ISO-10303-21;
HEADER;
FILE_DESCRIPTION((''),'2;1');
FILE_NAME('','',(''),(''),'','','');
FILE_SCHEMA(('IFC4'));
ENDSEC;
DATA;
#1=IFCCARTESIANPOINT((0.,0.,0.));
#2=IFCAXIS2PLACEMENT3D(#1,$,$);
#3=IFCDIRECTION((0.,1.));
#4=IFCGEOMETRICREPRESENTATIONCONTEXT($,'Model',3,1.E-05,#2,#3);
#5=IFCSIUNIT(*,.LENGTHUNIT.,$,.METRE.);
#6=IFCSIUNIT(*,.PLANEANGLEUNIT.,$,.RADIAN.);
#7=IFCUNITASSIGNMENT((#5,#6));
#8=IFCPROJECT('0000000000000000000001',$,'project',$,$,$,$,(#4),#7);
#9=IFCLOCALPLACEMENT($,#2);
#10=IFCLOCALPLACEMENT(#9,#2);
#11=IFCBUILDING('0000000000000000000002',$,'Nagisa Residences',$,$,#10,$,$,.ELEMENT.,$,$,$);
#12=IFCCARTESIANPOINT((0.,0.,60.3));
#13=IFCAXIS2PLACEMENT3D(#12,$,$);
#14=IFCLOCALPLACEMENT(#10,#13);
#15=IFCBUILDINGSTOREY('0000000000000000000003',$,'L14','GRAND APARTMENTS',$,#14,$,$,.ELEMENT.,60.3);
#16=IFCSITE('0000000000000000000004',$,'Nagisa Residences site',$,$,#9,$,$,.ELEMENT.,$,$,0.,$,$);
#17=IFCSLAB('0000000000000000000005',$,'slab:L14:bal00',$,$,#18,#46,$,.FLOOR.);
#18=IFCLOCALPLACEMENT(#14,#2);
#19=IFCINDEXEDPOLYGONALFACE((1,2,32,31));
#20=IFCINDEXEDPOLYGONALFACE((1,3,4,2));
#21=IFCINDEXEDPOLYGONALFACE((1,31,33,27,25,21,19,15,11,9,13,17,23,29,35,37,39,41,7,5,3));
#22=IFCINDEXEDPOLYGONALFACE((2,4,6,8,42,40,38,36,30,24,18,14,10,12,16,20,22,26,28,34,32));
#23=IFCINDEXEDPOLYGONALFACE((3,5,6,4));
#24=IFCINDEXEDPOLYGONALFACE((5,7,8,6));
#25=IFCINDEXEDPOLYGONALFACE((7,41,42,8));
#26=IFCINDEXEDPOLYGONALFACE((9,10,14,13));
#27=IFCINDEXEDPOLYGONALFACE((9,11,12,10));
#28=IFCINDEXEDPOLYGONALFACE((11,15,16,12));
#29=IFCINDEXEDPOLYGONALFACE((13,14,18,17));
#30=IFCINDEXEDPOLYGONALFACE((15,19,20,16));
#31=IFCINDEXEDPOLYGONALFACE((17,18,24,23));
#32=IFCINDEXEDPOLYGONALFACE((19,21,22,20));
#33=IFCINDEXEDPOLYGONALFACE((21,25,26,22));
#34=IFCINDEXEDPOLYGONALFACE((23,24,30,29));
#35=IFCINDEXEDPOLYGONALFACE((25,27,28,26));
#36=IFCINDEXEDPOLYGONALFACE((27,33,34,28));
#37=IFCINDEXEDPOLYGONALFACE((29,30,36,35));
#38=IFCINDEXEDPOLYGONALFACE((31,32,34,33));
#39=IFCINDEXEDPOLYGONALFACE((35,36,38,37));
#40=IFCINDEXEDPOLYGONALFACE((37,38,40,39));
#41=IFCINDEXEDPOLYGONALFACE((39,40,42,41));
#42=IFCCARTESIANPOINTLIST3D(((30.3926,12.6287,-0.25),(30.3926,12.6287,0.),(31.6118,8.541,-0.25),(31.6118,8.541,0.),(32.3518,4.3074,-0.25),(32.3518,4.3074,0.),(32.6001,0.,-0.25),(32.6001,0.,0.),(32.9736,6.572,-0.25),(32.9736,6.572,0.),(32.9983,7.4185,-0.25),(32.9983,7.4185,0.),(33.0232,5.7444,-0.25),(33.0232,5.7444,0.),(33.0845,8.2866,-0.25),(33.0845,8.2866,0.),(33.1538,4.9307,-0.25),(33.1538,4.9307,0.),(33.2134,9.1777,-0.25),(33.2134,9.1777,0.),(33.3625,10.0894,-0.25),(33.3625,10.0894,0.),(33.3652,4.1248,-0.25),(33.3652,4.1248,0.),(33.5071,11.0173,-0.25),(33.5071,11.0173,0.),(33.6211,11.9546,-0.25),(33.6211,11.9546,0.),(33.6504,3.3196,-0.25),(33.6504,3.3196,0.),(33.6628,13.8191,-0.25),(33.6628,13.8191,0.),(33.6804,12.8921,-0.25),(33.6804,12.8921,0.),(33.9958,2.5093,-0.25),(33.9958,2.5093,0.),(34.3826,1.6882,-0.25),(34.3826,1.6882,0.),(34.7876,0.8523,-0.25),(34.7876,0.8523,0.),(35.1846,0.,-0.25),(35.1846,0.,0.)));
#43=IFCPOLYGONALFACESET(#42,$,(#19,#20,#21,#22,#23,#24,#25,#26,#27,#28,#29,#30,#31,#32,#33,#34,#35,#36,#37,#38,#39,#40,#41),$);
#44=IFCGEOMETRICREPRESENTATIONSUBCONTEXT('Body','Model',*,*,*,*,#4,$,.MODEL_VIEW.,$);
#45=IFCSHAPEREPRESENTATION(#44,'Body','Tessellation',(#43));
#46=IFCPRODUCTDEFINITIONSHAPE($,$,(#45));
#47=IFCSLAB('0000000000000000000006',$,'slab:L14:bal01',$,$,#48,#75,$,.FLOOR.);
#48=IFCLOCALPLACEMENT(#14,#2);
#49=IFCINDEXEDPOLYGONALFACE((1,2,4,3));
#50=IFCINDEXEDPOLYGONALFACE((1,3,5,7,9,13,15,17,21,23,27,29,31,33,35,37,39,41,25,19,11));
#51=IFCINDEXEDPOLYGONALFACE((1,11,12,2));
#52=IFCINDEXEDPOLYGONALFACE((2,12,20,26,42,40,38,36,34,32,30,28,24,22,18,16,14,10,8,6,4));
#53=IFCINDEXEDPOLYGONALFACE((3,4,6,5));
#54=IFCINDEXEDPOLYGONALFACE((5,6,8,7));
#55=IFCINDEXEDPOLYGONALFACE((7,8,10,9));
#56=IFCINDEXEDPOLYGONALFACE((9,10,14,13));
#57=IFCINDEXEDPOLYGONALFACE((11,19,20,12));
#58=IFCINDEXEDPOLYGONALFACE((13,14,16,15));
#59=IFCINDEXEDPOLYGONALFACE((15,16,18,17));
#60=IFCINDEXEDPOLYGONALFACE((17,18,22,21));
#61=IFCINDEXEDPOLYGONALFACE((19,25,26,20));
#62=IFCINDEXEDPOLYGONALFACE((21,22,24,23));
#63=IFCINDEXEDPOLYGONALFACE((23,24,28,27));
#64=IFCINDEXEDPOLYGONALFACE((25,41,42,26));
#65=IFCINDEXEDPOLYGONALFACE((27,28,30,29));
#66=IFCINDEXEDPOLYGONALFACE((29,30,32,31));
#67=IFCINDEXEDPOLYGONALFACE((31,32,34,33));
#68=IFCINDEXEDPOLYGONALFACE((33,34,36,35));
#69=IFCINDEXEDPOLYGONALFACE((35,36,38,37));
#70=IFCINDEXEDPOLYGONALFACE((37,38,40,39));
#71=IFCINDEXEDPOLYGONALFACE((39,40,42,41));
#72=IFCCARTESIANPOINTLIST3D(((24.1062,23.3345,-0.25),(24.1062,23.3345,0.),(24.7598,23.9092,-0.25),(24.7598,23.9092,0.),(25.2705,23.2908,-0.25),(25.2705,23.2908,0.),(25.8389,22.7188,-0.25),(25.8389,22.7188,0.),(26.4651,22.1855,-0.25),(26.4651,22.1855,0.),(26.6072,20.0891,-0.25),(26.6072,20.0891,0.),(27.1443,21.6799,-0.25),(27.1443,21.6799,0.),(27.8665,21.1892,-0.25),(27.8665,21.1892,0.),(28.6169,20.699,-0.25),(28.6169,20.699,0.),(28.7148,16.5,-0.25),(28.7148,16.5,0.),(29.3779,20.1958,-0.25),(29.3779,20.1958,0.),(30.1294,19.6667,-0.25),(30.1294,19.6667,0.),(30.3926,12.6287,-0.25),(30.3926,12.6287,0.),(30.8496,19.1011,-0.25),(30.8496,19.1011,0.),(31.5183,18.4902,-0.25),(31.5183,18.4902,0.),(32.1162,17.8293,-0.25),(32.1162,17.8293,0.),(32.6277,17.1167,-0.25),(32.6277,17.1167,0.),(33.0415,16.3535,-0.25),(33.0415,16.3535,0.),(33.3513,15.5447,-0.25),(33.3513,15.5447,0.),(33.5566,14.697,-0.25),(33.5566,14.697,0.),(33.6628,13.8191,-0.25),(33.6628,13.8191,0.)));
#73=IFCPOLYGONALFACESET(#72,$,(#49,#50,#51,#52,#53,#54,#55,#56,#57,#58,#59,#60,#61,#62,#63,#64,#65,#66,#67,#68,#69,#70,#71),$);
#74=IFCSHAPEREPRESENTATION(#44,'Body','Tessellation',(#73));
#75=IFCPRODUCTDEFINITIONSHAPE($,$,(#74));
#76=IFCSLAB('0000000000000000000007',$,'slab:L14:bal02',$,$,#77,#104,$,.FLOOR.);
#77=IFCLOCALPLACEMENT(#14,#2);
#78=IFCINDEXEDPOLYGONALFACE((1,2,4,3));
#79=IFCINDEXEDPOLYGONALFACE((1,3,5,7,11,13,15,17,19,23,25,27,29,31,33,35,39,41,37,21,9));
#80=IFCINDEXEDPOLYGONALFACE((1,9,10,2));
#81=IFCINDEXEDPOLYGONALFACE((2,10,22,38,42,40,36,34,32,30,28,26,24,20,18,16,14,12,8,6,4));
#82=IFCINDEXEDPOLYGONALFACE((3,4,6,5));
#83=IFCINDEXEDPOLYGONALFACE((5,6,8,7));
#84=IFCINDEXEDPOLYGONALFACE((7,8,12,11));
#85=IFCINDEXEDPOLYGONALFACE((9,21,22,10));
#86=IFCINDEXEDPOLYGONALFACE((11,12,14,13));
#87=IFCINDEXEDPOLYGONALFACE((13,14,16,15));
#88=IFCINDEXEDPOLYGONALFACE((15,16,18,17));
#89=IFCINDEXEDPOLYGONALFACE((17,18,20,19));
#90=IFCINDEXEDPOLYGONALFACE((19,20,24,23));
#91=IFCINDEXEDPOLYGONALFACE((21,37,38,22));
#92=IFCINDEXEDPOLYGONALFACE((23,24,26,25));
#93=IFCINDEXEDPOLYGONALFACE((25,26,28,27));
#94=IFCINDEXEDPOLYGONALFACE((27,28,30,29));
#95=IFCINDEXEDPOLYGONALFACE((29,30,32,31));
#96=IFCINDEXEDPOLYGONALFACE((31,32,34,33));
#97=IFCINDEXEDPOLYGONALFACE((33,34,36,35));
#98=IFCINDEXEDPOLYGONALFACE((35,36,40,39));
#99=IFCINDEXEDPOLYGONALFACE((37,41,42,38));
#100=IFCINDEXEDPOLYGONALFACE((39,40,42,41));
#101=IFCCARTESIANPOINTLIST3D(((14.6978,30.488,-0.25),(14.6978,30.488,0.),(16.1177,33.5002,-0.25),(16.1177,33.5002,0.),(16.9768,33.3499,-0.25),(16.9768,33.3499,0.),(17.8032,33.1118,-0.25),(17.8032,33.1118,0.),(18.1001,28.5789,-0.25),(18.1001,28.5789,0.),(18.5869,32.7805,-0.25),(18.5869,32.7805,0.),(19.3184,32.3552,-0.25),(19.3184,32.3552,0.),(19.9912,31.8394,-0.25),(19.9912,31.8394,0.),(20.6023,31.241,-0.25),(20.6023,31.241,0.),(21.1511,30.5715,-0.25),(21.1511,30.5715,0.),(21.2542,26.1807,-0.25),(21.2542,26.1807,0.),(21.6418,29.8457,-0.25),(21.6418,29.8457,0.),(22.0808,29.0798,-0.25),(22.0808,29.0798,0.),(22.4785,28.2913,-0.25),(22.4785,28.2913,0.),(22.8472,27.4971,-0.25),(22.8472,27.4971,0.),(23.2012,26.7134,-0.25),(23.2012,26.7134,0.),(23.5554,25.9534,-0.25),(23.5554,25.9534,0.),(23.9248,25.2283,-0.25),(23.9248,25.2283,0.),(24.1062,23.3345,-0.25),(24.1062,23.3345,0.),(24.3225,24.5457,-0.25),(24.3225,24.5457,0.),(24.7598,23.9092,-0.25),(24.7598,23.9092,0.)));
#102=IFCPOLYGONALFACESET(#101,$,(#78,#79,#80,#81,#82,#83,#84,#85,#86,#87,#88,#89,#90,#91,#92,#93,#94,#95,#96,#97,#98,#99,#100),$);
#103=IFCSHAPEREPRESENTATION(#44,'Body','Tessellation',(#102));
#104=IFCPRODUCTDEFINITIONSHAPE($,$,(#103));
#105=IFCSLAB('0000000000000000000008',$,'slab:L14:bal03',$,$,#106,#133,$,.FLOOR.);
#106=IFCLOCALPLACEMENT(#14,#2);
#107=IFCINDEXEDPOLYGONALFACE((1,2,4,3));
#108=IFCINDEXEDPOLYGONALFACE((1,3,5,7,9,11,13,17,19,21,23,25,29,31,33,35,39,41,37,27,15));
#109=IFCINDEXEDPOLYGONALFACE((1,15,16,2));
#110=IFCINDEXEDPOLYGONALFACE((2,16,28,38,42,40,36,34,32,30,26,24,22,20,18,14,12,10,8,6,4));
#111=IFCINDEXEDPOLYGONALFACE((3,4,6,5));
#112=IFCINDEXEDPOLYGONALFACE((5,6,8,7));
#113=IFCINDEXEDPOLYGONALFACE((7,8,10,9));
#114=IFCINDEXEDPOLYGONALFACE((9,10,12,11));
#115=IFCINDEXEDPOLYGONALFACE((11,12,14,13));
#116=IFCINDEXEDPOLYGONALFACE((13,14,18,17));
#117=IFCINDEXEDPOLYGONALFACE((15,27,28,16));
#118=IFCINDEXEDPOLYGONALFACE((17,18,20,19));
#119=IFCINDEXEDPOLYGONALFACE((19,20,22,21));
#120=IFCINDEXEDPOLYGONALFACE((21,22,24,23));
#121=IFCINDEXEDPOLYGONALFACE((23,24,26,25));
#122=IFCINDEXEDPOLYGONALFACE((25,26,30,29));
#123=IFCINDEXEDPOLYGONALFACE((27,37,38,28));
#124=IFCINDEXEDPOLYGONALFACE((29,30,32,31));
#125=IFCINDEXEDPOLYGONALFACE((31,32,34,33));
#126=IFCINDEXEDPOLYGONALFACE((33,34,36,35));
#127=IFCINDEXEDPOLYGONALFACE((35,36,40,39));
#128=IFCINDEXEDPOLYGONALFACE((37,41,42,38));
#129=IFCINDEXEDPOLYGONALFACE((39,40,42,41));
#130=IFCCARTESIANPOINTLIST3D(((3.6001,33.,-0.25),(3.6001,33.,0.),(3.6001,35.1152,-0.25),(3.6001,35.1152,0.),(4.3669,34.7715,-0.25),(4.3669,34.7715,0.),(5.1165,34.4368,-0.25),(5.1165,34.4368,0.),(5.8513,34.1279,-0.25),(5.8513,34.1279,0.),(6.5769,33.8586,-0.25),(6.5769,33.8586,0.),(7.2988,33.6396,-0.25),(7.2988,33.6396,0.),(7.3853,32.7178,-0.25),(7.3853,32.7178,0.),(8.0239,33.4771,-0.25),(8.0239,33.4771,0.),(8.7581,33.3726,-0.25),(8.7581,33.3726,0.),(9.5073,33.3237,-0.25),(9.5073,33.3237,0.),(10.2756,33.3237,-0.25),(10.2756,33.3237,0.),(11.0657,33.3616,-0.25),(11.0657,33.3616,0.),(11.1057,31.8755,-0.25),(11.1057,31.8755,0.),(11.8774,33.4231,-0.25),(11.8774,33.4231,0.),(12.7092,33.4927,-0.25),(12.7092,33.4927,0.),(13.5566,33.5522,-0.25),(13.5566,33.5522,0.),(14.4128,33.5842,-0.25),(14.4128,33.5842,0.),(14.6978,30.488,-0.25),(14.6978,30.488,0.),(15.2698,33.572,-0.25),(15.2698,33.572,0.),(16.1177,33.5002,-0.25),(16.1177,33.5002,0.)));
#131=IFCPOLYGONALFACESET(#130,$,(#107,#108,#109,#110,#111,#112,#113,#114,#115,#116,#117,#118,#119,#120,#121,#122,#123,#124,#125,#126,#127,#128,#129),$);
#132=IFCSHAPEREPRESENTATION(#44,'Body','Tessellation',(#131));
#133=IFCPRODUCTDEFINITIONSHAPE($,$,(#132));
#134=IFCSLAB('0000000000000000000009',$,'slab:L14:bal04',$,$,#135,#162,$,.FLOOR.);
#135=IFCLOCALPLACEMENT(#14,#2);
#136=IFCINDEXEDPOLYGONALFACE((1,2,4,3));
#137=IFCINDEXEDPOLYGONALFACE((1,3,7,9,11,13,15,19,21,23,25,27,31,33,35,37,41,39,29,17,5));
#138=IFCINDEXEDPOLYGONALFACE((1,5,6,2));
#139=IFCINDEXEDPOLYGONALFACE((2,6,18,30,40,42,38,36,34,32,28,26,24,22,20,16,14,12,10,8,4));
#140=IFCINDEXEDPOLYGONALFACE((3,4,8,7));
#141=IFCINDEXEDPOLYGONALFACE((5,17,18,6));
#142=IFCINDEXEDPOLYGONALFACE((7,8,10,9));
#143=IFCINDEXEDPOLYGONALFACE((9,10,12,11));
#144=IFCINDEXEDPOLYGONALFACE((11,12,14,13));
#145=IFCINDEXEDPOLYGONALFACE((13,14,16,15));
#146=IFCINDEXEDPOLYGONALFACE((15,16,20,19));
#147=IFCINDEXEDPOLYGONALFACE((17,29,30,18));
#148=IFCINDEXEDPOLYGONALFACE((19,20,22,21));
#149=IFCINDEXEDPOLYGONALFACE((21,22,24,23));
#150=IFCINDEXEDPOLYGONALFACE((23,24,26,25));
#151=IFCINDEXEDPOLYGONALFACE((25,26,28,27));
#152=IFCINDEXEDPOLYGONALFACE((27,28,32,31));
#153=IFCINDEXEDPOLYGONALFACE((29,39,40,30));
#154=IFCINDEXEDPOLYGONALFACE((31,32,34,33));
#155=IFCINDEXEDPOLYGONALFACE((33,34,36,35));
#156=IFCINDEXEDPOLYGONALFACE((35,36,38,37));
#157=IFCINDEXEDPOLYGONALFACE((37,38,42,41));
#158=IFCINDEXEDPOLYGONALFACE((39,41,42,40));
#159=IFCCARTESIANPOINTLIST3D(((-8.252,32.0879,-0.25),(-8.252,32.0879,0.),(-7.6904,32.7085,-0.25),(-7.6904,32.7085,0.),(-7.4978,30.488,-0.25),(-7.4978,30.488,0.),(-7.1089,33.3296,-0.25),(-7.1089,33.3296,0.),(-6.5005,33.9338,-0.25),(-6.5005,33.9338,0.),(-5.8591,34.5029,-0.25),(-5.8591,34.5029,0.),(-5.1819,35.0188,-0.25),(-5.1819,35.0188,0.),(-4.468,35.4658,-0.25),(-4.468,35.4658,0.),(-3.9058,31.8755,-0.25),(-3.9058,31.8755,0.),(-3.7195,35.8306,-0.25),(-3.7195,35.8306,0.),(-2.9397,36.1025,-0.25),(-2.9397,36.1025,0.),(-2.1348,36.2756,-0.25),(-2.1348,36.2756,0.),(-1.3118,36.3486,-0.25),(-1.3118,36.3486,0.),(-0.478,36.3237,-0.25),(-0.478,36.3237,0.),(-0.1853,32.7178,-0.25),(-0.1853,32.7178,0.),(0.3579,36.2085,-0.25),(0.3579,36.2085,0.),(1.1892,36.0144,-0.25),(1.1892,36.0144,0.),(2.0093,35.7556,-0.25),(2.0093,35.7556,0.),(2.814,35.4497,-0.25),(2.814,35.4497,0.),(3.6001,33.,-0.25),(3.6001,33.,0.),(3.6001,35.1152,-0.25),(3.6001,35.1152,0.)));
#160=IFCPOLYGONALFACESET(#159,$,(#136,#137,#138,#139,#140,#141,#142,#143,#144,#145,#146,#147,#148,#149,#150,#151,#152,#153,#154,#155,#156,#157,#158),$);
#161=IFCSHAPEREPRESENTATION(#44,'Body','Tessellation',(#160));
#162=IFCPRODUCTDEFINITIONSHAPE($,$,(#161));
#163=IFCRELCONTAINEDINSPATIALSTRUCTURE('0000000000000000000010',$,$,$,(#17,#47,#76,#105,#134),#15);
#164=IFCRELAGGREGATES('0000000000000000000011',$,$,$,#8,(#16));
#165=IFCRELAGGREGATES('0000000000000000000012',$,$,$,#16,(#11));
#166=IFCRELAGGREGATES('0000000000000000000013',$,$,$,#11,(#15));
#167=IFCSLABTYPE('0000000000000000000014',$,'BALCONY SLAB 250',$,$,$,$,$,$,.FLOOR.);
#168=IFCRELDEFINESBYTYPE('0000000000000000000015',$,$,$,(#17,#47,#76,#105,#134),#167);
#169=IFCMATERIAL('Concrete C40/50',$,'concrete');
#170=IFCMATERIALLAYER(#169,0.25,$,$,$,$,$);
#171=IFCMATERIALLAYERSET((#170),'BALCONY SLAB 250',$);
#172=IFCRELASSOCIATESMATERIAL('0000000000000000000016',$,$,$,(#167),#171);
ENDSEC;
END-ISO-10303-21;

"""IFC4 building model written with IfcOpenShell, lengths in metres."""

from ifc_helpers import new_model, si_unit, direction, frame, origin, place, context, subcontext, project, spatial, polyline, outline, extrude, material, layer, layer_set, type_object, element, save


model = new_model("IFC4")

# Units and contexts
model_context = context("Model", 3, precision=1e-05, world=origin(), true_north=direction((0.0, 1.0)))
body_context = subcontext(model_context, "Body", "Model", "MODEL_VIEW")
ifc_project = project(units=[si_unit("LENGTHUNIT", "METRE"), si_unit("PLANEANGLEUNIT", "RADIAN")], contexts=[model_context])

# Site, building, storey
site_placement = place(None, origin())
site = spatial("IfcSite", under=ifc_project, at=site_placement, Name="Nagisa Residences site", CompositionType="ELEMENT", RefElevation=0.0)
building_placement = place(site_placement, origin())
building = spatial("IfcBuilding", under=site, at=building_placement, Name="Nagisa Residences", CompositionType="ELEMENT")
storey_placement = place(building_placement, frame((0.0, 0.0, 60.3)))
storey = spatial("IfcBuildingStorey", under=building, at=storey_placement, Name="L14", Description="GRAND APARTMENTS", CompositionType="ELEMENT", Elevation=60.3)

# Slabs
ifc_material_1 = material(Name="Concrete C40/50", Category="concrete")
ifc_layer_1 = layer(ifc_material_1, 0.25)
ifc_layer_set_1 = layer_set([ifc_layer_1], Name="BALCONY SLAB 250")
slab_type_1 = type_object("IfcSlabType", Name="BALCONY SLAB 250", PredefinedType="FLOOR", material=ifc_layer_set_1)
slab_1_placement = place(storey_placement, frame((0.0, 0.0, -0.25)))
element("IfcSlab", 1, at=slab_1_placement, inside=storey, type_object=slab_type_1, Name="slab:L14:bal00", PredefinedType="FLOOR", context=body_context, shape_type="SweptSolid", body=[
    extrude(outline(polyline([(35.1846, 0.0), (34.7876, 0.8523), (34.3826, 1.6882), (33.9958, 2.5093), (33.6504, 3.3196), (33.3652, 4.1248), (33.1538, 4.9307), (33.0232, 5.7444), (32.9736, 6.572), (32.9983, 7.4185), (33.0845, 8.2866), (33.2134, 9.1777), (33.3625, 10.0894), (33.5071, 11.0173), (33.6211, 11.9546), (33.6804, 12.8921), (33.6628, 13.8191), (30.3926, 12.6287), (31.6118, 8.541), (32.3518, 4.3074), (32.6001, 0.0), (35.1846, 0.0)])), origin(), (0.0, 0.0, 1.0), 0.25),
])
slab_2_placement = place(storey_placement, frame((0.0, 0.0, -0.25)))
element("IfcSlab", 2, at=slab_2_placement, inside=storey, type_object=slab_type_1, Name="slab:L14:bal01", PredefinedType="FLOOR", context=body_context, shape_type="SweptSolid", body=[
    extrude(outline(polyline([(33.6628, 13.8191), (33.5566, 14.697), (33.3513, 15.5447), (33.0415, 16.3535), (32.6277, 17.1167), (32.1162, 17.8293), (31.5183, 18.4902), (30.8496, 19.1011), (30.1294, 19.6667), (29.3779, 20.1958), (28.6169, 20.699), (27.8665, 21.1892), (27.1443, 21.6799), (26.4651, 22.1855), (25.8389, 22.7188), (25.2705, 23.2908), (24.7598, 23.9092), (24.1062, 23.3345), (26.6072, 20.0891), (28.7148, 16.5), (30.3926, 12.6287), (33.6628, 13.8191)])), origin(), (0.0, 0.0, 1.0), 0.25),
])
slab_3_placement = place(storey_placement, frame((0.0, 0.0, -0.25)))
element("IfcSlab", 3, at=slab_3_placement, inside=storey, type_object=slab_type_1, Name="slab:L14:bal02", PredefinedType="FLOOR", context=body_context, shape_type="SweptSolid", body=[
    extrude(outline(polyline([(24.7598, 23.9092), (24.3225, 24.5457), (23.9248, 25.2283), (23.5554, 25.9534), (23.2012, 26.7134), (22.8472, 27.4971), (22.4785, 28.2913), (22.0808, 29.0798), (21.6418, 29.8457), (21.1511, 30.5715), (20.6023, 31.241), (19.9912, 31.8394), (19.3184, 32.3552), (18.5869, 32.7805), (17.8032, 33.1118), (16.9768, 33.3499), (16.1177, 33.5002), (14.6978, 30.488), (18.1001, 28.5789), (21.2542, 26.1807), (24.1062, 23.3345), (24.7598, 23.9092)])), origin(), (0.0, 0.0, 1.0), 0.25),
])
slab_4_placement = place(storey_placement, frame((0.0, 0.0, -0.25)))
element("IfcSlab", 4, at=slab_4_placement, inside=storey, type_object=slab_type_1, Name="slab:L14:bal03", PredefinedType="FLOOR", context=body_context, shape_type="SweptSolid", body=[
    extrude(outline(polyline([(16.1177, 33.5002), (15.2698, 33.572), (14.4128, 33.5842), (13.5566, 33.5522), (12.7092, 33.4927), (11.8774, 33.4231), (11.0657, 33.3616), (10.2756, 33.3237), (9.5073, 33.3237), (8.7581, 33.3726), (8.0239, 33.4771), (7.2988, 33.6396), (6.5769, 33.8586), (5.8513, 34.1279), (5.1165, 34.4368), (4.3669, 34.7715), (3.6001, 35.1152), (3.6001, 33.0), (7.3853, 32.7178), (11.1057, 31.8755), (14.6978, 30.488), (16.1177, 33.5002)])), origin(), (0.0, 0.0, 1.0), 0.25),
])
slab_5_placement = place(storey_placement, frame((0.0, 0.0, -0.25)))
element("IfcSlab", 5, at=slab_5_placement, inside=storey, type_object=slab_type_1, Name="slab:L14:bal04", PredefinedType="FLOOR", context=body_context, shape_type="SweptSolid", body=[
    extrude(outline(polyline([(3.6001, 35.1152), (2.814, 35.4497), (2.0093, 35.7556), (1.1892, 36.0144), (0.3579, 36.2085), (-0.478, 36.3237), (-1.3118, 36.3486), (-2.1348, 36.2756), (-2.9397, 36.1025), (-3.7195, 35.8306), (-4.468, 35.4658), (-5.1819, 35.0188), (-5.8591, 34.5029), (-6.5005, 33.9338), (-7.1089, 33.3296), (-7.6904, 32.7085), (-8.252, 32.0879), (-7.4978, 30.488), (-3.9058, 31.8755), (-0.1853, 32.7178), (3.6001, 33.0), (3.6001, 35.1152)])), origin(), (0.0, 0.0, 1.0), 0.25),
])

save(model, "model.ifc")
